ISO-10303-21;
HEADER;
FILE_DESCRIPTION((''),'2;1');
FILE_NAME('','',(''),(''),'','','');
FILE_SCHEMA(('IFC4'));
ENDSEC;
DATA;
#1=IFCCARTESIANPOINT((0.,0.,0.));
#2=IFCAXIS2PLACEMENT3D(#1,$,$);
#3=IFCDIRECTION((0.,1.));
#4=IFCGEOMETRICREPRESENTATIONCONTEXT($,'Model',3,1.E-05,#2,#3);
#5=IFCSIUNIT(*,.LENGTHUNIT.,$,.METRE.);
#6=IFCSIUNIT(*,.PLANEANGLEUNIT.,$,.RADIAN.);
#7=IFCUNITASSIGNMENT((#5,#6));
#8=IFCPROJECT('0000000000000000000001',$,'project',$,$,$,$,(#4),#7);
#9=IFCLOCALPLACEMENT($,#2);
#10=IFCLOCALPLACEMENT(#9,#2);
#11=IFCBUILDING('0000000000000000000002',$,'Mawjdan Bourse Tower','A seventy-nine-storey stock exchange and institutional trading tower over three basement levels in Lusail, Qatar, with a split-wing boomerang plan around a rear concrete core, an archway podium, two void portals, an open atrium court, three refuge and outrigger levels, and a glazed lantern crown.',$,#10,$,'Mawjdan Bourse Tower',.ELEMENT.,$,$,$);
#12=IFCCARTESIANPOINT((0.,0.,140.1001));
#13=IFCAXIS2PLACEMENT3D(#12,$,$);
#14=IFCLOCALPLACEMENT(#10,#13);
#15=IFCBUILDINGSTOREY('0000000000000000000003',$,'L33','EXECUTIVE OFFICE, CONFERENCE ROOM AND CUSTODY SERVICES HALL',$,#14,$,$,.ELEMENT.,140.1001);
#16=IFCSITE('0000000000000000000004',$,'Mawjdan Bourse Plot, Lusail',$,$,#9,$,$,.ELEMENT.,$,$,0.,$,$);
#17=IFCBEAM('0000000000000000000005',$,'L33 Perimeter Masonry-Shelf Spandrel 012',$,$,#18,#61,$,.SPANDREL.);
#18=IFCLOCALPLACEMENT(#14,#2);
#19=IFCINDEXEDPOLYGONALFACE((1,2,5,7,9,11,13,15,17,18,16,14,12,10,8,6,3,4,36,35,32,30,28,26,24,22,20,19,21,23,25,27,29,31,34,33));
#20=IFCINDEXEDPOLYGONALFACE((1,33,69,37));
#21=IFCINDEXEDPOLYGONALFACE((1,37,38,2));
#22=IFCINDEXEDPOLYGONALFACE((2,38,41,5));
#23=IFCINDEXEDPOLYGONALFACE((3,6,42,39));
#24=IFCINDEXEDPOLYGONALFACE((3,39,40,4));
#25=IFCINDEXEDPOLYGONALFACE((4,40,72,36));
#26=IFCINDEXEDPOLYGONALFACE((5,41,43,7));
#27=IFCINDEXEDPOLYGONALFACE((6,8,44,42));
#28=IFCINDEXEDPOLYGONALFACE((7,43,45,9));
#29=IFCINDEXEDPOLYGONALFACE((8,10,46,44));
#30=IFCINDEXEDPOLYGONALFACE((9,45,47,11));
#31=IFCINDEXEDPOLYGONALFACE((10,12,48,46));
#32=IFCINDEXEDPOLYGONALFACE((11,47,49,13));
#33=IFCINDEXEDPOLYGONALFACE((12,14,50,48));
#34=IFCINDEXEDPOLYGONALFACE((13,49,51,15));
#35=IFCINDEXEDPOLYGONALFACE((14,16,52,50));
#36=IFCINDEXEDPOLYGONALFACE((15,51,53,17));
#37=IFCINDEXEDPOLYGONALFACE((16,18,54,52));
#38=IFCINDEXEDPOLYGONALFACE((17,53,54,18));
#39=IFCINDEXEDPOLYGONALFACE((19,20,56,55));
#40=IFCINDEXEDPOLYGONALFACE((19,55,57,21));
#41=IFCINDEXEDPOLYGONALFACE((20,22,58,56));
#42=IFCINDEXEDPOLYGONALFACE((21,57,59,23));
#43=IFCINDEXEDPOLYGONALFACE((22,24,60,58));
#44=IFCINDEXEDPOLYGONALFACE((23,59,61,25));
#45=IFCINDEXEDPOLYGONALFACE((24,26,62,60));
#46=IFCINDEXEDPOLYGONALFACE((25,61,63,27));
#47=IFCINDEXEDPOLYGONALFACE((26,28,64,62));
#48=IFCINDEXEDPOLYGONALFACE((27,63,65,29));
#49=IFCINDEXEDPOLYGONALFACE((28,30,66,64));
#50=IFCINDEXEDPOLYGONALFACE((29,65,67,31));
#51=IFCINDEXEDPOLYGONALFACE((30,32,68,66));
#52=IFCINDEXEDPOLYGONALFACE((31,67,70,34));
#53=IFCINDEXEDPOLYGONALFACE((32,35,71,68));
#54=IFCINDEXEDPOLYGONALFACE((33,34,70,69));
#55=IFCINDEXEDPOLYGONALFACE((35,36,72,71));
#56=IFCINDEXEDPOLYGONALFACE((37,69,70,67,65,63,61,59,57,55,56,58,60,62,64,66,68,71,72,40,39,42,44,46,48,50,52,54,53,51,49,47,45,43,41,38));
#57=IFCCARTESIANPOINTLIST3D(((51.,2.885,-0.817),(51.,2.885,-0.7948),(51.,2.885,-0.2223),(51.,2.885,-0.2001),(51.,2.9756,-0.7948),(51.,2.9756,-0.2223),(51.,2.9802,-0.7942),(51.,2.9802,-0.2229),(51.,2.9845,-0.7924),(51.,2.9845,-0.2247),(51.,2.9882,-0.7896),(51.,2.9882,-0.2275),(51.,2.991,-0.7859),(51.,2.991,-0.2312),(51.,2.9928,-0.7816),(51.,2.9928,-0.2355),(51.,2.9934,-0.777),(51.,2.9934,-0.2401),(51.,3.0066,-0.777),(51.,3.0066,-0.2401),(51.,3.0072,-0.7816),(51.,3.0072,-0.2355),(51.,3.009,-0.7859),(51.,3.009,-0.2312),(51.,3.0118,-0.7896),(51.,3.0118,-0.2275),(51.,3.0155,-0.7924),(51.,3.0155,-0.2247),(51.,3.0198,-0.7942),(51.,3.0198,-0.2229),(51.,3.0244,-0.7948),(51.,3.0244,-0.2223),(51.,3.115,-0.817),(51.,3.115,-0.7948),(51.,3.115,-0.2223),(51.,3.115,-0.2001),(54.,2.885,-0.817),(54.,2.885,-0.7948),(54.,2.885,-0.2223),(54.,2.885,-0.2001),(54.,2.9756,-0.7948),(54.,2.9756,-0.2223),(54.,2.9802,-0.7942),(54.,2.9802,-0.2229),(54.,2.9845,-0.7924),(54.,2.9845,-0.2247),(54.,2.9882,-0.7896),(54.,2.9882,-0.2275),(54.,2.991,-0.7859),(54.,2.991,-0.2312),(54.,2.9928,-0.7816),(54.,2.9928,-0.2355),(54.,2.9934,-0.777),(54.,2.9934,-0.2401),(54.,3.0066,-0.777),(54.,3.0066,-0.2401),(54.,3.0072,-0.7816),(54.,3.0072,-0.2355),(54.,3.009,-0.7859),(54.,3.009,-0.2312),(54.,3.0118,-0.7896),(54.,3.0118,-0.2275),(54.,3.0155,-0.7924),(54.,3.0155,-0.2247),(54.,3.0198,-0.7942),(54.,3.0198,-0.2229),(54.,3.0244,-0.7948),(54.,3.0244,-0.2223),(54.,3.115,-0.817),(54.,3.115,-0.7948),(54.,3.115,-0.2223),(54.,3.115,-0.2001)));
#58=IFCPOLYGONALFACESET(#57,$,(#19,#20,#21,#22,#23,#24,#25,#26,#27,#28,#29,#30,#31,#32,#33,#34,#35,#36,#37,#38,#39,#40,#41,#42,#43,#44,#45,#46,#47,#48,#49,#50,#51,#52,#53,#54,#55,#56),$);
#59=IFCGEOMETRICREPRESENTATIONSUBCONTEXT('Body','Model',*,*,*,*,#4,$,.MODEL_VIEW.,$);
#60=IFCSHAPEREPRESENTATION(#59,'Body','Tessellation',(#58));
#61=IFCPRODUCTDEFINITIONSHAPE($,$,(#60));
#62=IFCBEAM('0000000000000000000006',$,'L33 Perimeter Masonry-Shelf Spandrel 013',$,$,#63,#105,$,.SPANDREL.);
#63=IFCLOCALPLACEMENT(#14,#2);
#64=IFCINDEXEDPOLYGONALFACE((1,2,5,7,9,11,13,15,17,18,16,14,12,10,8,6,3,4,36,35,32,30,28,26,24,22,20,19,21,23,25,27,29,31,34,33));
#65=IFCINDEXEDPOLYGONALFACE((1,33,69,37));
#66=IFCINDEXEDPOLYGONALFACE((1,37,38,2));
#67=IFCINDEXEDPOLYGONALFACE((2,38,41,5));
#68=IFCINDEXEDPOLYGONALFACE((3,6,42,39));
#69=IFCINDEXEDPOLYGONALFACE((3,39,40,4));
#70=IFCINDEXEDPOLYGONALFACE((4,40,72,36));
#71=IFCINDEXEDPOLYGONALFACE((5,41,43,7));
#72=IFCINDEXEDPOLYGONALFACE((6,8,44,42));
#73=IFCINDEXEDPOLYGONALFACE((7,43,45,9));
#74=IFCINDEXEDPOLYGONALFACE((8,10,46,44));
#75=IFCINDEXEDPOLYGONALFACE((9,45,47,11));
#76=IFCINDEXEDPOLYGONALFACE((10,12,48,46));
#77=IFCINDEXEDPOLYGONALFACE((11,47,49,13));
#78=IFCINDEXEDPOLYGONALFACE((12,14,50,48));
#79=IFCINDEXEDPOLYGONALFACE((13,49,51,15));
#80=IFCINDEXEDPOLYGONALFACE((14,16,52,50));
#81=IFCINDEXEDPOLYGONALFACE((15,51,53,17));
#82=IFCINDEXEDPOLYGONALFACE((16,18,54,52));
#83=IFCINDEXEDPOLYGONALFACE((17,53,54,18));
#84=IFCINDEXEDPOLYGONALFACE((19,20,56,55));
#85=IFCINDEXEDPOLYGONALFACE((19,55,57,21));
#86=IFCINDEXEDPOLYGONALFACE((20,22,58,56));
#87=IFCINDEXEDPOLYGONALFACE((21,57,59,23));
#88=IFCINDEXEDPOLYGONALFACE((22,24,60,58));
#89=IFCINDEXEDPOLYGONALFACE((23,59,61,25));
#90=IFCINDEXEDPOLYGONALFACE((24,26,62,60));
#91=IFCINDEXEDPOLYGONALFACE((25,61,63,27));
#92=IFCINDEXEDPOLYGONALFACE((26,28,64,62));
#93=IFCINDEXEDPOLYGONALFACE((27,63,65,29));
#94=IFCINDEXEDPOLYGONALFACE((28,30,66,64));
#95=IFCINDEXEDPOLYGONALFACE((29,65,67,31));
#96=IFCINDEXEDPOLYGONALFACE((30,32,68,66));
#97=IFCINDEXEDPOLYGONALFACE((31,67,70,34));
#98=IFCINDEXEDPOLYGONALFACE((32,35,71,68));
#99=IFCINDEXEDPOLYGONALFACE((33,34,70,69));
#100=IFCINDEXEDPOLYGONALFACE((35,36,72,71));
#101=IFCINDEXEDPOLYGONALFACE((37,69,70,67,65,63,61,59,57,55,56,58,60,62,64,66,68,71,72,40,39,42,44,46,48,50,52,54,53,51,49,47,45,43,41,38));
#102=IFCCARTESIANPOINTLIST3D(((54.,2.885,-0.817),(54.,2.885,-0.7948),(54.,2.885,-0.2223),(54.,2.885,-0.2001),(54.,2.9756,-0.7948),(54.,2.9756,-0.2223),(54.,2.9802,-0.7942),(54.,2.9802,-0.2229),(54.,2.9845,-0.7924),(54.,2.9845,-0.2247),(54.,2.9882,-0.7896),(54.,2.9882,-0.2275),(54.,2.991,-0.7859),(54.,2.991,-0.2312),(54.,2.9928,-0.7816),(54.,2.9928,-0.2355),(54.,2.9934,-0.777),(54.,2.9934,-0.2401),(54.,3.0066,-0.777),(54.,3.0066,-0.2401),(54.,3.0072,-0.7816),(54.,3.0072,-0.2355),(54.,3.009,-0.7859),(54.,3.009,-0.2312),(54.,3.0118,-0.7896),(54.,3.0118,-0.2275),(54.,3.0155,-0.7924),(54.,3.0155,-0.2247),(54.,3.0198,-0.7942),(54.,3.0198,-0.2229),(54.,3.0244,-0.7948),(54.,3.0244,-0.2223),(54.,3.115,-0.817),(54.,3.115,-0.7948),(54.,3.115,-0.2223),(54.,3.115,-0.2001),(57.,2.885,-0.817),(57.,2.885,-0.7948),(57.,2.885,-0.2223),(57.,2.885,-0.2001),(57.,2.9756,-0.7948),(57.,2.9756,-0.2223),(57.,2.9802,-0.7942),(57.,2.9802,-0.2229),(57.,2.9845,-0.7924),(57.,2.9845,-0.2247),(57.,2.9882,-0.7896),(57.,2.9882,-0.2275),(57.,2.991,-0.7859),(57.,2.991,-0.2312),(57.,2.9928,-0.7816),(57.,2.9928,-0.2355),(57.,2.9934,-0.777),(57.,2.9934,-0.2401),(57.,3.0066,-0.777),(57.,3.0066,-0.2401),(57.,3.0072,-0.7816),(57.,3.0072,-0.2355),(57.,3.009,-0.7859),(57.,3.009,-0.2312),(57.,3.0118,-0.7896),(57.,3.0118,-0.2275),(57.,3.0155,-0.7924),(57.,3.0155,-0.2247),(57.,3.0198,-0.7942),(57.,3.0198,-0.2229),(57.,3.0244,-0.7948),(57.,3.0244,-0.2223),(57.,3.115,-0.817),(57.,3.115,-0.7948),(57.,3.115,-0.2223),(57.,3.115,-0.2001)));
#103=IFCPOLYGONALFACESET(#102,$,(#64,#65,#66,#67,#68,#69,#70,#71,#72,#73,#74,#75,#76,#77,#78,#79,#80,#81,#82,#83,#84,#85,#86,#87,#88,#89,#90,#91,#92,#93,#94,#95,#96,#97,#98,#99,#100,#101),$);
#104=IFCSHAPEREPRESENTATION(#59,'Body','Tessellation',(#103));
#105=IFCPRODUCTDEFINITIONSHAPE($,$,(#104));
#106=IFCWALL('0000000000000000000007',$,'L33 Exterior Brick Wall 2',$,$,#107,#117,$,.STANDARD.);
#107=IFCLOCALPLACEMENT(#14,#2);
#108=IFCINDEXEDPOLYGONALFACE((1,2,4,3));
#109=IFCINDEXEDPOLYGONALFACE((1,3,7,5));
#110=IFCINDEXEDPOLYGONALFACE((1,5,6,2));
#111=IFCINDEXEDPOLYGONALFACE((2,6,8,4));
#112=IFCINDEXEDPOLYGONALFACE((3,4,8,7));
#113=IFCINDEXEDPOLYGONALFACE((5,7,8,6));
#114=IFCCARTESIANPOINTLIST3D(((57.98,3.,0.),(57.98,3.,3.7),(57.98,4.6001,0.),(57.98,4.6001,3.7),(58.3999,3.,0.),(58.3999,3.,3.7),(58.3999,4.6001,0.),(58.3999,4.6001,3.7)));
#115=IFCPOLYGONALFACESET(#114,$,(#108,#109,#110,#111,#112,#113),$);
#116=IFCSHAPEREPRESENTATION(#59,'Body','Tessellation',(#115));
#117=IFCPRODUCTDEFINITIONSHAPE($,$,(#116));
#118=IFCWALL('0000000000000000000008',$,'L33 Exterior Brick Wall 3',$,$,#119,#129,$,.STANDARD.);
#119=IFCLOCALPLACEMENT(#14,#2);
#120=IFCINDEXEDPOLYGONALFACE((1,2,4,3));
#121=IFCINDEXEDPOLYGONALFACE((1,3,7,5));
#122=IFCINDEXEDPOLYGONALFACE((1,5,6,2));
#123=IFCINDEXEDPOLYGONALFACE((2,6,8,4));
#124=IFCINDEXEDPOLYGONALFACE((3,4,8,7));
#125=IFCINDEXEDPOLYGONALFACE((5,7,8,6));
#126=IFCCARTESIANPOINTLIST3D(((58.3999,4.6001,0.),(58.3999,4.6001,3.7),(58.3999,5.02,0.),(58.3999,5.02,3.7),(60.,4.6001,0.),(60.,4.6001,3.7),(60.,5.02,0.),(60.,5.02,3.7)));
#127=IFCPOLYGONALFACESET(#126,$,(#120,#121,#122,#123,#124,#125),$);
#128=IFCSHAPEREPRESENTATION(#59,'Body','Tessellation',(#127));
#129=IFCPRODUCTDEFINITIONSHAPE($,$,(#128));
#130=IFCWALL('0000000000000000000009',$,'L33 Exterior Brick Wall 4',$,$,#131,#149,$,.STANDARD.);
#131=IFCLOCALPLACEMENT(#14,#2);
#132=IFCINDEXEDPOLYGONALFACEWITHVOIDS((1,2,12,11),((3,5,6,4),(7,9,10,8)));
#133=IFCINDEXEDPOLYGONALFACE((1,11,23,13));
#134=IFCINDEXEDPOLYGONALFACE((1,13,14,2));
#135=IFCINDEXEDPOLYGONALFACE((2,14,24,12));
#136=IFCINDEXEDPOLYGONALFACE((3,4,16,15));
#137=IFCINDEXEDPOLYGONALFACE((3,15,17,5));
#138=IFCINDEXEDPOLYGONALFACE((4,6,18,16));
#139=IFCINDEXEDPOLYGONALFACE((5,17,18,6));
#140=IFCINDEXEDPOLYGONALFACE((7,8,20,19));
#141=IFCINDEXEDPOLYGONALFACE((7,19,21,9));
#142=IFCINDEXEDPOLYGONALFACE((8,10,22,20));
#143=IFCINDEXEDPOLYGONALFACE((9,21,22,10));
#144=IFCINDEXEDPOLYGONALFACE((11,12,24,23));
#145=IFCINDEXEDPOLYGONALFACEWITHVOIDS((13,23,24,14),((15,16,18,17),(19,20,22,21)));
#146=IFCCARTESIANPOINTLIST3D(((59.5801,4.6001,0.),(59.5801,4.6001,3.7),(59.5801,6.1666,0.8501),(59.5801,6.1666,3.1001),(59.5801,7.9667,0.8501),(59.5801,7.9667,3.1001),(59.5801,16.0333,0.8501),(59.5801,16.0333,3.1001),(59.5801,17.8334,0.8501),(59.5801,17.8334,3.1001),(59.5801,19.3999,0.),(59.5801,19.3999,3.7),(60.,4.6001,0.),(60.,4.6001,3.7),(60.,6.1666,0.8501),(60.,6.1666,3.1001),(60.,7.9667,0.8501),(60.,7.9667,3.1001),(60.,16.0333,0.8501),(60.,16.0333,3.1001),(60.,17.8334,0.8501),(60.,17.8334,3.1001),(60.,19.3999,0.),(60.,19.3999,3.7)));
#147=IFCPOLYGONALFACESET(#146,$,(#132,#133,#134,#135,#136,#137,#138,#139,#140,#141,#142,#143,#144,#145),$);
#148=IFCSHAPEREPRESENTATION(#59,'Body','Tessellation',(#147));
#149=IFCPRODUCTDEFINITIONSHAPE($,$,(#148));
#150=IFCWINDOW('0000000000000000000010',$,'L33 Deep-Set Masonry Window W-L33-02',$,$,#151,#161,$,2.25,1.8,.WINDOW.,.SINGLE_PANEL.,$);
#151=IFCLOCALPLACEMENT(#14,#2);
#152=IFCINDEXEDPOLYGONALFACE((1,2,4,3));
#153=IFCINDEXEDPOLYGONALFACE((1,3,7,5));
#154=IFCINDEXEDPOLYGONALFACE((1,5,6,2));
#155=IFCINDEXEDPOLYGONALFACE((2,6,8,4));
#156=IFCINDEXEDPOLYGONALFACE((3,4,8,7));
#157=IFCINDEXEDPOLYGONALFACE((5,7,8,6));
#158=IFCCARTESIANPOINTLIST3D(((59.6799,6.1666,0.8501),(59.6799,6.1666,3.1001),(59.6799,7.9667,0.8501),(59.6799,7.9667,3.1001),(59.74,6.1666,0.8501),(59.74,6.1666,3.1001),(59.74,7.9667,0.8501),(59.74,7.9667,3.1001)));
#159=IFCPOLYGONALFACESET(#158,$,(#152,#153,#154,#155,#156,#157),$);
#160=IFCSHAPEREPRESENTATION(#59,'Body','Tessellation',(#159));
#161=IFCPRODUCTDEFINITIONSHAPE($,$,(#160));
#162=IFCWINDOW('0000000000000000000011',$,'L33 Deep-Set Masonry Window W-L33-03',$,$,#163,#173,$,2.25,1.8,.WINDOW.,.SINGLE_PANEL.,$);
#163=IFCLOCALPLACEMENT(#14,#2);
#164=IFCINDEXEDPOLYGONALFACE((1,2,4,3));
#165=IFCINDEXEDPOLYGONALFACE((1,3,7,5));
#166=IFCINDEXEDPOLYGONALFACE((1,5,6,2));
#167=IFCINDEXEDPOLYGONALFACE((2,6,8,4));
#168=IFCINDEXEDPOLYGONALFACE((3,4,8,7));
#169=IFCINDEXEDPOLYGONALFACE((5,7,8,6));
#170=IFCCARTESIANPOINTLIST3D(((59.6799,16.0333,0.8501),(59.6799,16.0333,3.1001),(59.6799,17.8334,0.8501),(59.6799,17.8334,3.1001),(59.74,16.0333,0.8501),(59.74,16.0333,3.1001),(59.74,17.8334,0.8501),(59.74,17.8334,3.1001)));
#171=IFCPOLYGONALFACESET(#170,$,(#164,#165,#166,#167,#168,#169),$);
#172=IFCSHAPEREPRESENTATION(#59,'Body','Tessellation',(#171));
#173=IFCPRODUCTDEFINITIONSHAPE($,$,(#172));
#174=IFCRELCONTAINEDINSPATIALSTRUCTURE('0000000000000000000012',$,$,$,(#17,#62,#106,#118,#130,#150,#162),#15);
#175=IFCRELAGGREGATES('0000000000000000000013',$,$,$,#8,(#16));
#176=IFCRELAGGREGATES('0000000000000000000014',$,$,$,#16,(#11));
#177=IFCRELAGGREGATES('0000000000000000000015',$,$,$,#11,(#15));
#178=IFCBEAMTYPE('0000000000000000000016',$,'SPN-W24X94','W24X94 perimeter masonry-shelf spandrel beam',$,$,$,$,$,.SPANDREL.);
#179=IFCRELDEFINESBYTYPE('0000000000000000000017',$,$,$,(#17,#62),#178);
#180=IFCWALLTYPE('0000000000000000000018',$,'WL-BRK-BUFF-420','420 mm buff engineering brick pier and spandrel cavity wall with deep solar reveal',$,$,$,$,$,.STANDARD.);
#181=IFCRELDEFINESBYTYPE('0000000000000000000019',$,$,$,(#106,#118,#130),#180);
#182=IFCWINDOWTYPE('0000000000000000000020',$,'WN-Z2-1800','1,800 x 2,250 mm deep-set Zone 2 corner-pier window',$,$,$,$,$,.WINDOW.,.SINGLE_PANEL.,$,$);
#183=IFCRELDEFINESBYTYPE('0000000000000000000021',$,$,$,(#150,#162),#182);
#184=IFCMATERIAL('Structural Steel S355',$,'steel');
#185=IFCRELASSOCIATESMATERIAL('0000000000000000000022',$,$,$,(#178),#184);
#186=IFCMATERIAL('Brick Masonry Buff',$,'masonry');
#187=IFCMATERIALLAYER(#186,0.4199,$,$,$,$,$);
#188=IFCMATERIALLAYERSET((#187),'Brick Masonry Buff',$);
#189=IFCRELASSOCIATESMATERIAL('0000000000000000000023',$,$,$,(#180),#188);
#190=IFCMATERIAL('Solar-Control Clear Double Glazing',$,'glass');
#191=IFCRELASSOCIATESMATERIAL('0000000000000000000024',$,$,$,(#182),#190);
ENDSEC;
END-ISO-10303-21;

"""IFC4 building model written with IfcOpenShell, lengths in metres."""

from ifc_helpers import new_model, si_unit, direction, frame, frame_2d, origin, origin_2d, place, context, subcontext, project, spatial, rectangle, i_section, extrude, material, layer, layer_set, material_profile, profile_set, type_object, element, fill, save


model = new_model("IFC4")

# Units and contexts
model_context = context("Model", 3, precision=1e-05, world=origin(), true_north=direction((0.0, 1.0)))
body_context = subcontext(model_context, "Body", "Model", "MODEL_VIEW")
ifc_project = project(units=[si_unit("LENGTHUNIT", "METRE"), si_unit("PLANEANGLEUNIT", "RADIAN")], contexts=[model_context])

# Site, building, storey
site_placement = place(None, origin())
site = spatial("IfcSite", under=ifc_project, at=site_placement, Name="Mawjdan Bourse Plot, Lusail", CompositionType="ELEMENT", RefElevation=0.0)
building_placement = place(site_placement, origin())
building = spatial("IfcBuilding", under=site, at=building_placement, Name="Mawjdan Bourse Tower", Description="A seventy-nine-storey stock exchange and institutional trading tower over three basement levels in Lusail, Qatar, with a split-wing boomerang plan around a rear concrete core, an archway podium, two void portals, an open atrium court, three refuge and outrigger levels, and a glazed lantern crown.", LongName="Mawjdan Bourse Tower", CompositionType="ELEMENT")
storey_placement = place(building_placement, frame((0.0, 0.0, 140.1001)))
storey = spatial("IfcBuildingStorey", under=building, at=storey_placement, Name="L33", Description="EXECUTIVE OFFICE, CONFERENCE ROOM AND CUSTODY SERVICES HALL", CompositionType="ELEMENT", Elevation=140.1001)

# Beams
ifc_material_1 = material(Name="Structural Steel S355", Category="steel")
ifc_material_profile_1 = material_profile(ifc_material_1, i_section(OverallWidth=0.23, OverallDepth=0.6169, WebThickness=0.0132, FlangeThickness=0.0222, FilletRadius=0.0178, at=origin_2d()), Name="W24X94")
ifc_profile_set_1 = profile_set([ifc_material_profile_1], Name="Structural Steel S355")
beam_type_1 = type_object("IfcBeamType", Name="SPN-W24X94", Description="W24X94 perimeter masonry-shelf spandrel beam", PredefinedType="SPANDREL", material=ifc_profile_set_1)
for number, where, z_axis, x_axis, name in (
    (1, (51.0, 3.0, -0.5085), (1.0, 0.0, 0.0), (0.0, 1.0, 0.0), "L33 Perimeter Masonry-Shelf Spandrel 012"),
    (2, (54.0, 3.0, -0.5085), (1.0, 0.0, 0.0), (0.0, 1.0, 0.0), "L33 Perimeter Masonry-Shelf Spandrel 013"),
):
    element("IfcBeam", number, at=place(storey_placement, frame(where, z_axis=z_axis, x_axis=x_axis)), inside=storey, type_object=beam_type_1, Name=name, PredefinedType="SPANDREL", context=body_context, shape_type="SweptSolid", body=[
        extrude(i_section(OverallWidth=0.23, OverallDepth=0.6169, WebThickness=0.0132, FlangeThickness=0.0222, FilletRadius=0.0178, at=origin_2d()), origin(), (0.0, 0.0, 1.0), 3.0),
    ])

# Walls
ifc_material_2 = material(Name="Brick Masonry Buff", Category="masonry")
ifc_layer_1 = layer(ifc_material_2, 0.4199)
ifc_layer_set_1 = layer_set([ifc_layer_1], Name="Brick Masonry Buff")
wall_type_1 = type_object("IfcWallType", Name="WL-BRK-BUFF-420", Description="420 mm buff engineering brick pier and spandrel cavity wall with deep solar reveal", PredefinedType="STANDARD", material=ifc_layer_set_1)
for number, where, z_axis, x_axis, name in (
    (3, (58.1899, 3.0, 0.0), (0.0, 0.0, 1.0), (0.0, 1.0, 0.0), "L33 Exterior Brick Wall 2"),
    (4, (58.3999, 4.8101, 0.0), (0.0, 0.0, 1.0), (1.0, 0.0, 0.0), "L33 Exterior Brick Wall 3"),
):
    element("IfcWall", number, at=place(storey_placement, frame(where, z_axis=z_axis, x_axis=x_axis)), inside=storey, type_object=wall_type_1, Name=name, PredefinedType="STANDARD", context=body_context, shape_type="SweptSolid", body=[
        extrude(rectangle(XDim=1.6001, YDim=0.4199, at=frame_2d((0.8, 0.0))), origin(), (0.0, 0.0, 1.0), 3.7),
    ])

# Wall, openings, windows
wall_1_placement = place(storey_placement, frame((59.79, 4.6001, 0.0), z_axis=(0.0, 0.0, 1.0), x_axis=(0.0, 1.0, 0.0)))
wall_1 = element("IfcWall", 5, at=wall_1_placement, inside=storey, type_object=wall_type_1, Name="L33 Exterior Brick Wall 4", PredefinedType="STANDARD", context=body_context, shape_type="SweptSolid", body=[
    extrude(rectangle(XDim=14.7998, YDim=0.4199, at=frame_2d((7.3999, 0.0))), origin(), (0.0, 0.0, 1.0), 3.7),
])
opening_1_placement = place(wall_1_placement, frame((1.5667, 0.0, 0.8501)))
opening_1 = element("IfcOpeningElement", 6, at=opening_1_placement, cuts=wall_1, PredefinedType="OPENING", context=body_context, shape_type="SweptSolid", body=[
    extrude(rectangle(XDim=1.8, YDim=2.25, at=frame_2d((0.8999, 1.125))), frame((0.0, 0.22, 0.0), z_axis=(0.0, -1.0, 0.0), x_axis=(1.0, 0.0, 0.0)), (0.0, 0.0, 1.0), 0.4399),
])
opening_2_placement = place(wall_1_placement, frame((11.4333, 0.0, 0.8501)))
opening_2 = element("IfcOpeningElement", 7, at=opening_2_placement, cuts=wall_1, PredefinedType="OPENING", context=body_context, shape_type="SweptSolid", body=[
    extrude(rectangle(XDim=1.8, YDim=2.25, at=frame_2d((0.8999, 1.125))), frame((0.0, 0.22, 0.0), z_axis=(0.0, -1.0, 0.0), x_axis=(1.0, 0.0, 0.0)), (0.0, 0.0, 1.0), 0.4399),
])
ifc_material_3 = material(Name="Solar-Control Clear Double Glazing", Category="glass")
window_type = type_object("IfcWindowType", Name="WN-Z2-1800", Description="1,800 x 2,250 mm deep-set Zone 2 corner-pier window", PartitioningType="SINGLE_PANEL", PredefinedType="WINDOW", material=ifc_material_3)
window_1_placement = place(opening_1_placement, origin())
window_1 = element("IfcWindow", 8, at=window_1_placement, inside=storey, type_object=window_type, Name="L33 Deep-Set Masonry Window W-L33-02", OverallHeight=2.25, OverallWidth=1.8, PartitioningType="SINGLE_PANEL", PredefinedType="WINDOW", context=body_context, shape_type="SweptSolid", body=[
    extrude(rectangle(XDim=1.8, YDim=2.25, at=frame_2d((0.8999, 1.125))), frame((0.0, 0.1101, 0.0), z_axis=(0.0, -1.0, 0.0), x_axis=(1.0, 0.0, 0.0)), (0.0, 0.0, 1.0), 0.0601),
])
fill(opening_1, window_1)
window_2_placement = place(opening_2_placement, origin())
window_2 = element("IfcWindow", 9, at=window_2_placement, inside=storey, type_object=window_type, Name="L33 Deep-Set Masonry Window W-L33-03", OverallHeight=2.25, OverallWidth=1.8, PartitioningType="SINGLE_PANEL", PredefinedType="WINDOW", context=body_context, shape_type="SweptSolid", body=[
    extrude(rectangle(XDim=1.8, YDim=2.25, at=frame_2d((0.8999, 1.125))), frame((0.0, 0.1101, 0.0), z_axis=(0.0, -1.0, 0.0), x_axis=(1.0, 0.0, 0.0)), (0.0, 0.0, 1.0), 0.0601),
])
fill(opening_2, window_2)

save(model, "model.ifc")
